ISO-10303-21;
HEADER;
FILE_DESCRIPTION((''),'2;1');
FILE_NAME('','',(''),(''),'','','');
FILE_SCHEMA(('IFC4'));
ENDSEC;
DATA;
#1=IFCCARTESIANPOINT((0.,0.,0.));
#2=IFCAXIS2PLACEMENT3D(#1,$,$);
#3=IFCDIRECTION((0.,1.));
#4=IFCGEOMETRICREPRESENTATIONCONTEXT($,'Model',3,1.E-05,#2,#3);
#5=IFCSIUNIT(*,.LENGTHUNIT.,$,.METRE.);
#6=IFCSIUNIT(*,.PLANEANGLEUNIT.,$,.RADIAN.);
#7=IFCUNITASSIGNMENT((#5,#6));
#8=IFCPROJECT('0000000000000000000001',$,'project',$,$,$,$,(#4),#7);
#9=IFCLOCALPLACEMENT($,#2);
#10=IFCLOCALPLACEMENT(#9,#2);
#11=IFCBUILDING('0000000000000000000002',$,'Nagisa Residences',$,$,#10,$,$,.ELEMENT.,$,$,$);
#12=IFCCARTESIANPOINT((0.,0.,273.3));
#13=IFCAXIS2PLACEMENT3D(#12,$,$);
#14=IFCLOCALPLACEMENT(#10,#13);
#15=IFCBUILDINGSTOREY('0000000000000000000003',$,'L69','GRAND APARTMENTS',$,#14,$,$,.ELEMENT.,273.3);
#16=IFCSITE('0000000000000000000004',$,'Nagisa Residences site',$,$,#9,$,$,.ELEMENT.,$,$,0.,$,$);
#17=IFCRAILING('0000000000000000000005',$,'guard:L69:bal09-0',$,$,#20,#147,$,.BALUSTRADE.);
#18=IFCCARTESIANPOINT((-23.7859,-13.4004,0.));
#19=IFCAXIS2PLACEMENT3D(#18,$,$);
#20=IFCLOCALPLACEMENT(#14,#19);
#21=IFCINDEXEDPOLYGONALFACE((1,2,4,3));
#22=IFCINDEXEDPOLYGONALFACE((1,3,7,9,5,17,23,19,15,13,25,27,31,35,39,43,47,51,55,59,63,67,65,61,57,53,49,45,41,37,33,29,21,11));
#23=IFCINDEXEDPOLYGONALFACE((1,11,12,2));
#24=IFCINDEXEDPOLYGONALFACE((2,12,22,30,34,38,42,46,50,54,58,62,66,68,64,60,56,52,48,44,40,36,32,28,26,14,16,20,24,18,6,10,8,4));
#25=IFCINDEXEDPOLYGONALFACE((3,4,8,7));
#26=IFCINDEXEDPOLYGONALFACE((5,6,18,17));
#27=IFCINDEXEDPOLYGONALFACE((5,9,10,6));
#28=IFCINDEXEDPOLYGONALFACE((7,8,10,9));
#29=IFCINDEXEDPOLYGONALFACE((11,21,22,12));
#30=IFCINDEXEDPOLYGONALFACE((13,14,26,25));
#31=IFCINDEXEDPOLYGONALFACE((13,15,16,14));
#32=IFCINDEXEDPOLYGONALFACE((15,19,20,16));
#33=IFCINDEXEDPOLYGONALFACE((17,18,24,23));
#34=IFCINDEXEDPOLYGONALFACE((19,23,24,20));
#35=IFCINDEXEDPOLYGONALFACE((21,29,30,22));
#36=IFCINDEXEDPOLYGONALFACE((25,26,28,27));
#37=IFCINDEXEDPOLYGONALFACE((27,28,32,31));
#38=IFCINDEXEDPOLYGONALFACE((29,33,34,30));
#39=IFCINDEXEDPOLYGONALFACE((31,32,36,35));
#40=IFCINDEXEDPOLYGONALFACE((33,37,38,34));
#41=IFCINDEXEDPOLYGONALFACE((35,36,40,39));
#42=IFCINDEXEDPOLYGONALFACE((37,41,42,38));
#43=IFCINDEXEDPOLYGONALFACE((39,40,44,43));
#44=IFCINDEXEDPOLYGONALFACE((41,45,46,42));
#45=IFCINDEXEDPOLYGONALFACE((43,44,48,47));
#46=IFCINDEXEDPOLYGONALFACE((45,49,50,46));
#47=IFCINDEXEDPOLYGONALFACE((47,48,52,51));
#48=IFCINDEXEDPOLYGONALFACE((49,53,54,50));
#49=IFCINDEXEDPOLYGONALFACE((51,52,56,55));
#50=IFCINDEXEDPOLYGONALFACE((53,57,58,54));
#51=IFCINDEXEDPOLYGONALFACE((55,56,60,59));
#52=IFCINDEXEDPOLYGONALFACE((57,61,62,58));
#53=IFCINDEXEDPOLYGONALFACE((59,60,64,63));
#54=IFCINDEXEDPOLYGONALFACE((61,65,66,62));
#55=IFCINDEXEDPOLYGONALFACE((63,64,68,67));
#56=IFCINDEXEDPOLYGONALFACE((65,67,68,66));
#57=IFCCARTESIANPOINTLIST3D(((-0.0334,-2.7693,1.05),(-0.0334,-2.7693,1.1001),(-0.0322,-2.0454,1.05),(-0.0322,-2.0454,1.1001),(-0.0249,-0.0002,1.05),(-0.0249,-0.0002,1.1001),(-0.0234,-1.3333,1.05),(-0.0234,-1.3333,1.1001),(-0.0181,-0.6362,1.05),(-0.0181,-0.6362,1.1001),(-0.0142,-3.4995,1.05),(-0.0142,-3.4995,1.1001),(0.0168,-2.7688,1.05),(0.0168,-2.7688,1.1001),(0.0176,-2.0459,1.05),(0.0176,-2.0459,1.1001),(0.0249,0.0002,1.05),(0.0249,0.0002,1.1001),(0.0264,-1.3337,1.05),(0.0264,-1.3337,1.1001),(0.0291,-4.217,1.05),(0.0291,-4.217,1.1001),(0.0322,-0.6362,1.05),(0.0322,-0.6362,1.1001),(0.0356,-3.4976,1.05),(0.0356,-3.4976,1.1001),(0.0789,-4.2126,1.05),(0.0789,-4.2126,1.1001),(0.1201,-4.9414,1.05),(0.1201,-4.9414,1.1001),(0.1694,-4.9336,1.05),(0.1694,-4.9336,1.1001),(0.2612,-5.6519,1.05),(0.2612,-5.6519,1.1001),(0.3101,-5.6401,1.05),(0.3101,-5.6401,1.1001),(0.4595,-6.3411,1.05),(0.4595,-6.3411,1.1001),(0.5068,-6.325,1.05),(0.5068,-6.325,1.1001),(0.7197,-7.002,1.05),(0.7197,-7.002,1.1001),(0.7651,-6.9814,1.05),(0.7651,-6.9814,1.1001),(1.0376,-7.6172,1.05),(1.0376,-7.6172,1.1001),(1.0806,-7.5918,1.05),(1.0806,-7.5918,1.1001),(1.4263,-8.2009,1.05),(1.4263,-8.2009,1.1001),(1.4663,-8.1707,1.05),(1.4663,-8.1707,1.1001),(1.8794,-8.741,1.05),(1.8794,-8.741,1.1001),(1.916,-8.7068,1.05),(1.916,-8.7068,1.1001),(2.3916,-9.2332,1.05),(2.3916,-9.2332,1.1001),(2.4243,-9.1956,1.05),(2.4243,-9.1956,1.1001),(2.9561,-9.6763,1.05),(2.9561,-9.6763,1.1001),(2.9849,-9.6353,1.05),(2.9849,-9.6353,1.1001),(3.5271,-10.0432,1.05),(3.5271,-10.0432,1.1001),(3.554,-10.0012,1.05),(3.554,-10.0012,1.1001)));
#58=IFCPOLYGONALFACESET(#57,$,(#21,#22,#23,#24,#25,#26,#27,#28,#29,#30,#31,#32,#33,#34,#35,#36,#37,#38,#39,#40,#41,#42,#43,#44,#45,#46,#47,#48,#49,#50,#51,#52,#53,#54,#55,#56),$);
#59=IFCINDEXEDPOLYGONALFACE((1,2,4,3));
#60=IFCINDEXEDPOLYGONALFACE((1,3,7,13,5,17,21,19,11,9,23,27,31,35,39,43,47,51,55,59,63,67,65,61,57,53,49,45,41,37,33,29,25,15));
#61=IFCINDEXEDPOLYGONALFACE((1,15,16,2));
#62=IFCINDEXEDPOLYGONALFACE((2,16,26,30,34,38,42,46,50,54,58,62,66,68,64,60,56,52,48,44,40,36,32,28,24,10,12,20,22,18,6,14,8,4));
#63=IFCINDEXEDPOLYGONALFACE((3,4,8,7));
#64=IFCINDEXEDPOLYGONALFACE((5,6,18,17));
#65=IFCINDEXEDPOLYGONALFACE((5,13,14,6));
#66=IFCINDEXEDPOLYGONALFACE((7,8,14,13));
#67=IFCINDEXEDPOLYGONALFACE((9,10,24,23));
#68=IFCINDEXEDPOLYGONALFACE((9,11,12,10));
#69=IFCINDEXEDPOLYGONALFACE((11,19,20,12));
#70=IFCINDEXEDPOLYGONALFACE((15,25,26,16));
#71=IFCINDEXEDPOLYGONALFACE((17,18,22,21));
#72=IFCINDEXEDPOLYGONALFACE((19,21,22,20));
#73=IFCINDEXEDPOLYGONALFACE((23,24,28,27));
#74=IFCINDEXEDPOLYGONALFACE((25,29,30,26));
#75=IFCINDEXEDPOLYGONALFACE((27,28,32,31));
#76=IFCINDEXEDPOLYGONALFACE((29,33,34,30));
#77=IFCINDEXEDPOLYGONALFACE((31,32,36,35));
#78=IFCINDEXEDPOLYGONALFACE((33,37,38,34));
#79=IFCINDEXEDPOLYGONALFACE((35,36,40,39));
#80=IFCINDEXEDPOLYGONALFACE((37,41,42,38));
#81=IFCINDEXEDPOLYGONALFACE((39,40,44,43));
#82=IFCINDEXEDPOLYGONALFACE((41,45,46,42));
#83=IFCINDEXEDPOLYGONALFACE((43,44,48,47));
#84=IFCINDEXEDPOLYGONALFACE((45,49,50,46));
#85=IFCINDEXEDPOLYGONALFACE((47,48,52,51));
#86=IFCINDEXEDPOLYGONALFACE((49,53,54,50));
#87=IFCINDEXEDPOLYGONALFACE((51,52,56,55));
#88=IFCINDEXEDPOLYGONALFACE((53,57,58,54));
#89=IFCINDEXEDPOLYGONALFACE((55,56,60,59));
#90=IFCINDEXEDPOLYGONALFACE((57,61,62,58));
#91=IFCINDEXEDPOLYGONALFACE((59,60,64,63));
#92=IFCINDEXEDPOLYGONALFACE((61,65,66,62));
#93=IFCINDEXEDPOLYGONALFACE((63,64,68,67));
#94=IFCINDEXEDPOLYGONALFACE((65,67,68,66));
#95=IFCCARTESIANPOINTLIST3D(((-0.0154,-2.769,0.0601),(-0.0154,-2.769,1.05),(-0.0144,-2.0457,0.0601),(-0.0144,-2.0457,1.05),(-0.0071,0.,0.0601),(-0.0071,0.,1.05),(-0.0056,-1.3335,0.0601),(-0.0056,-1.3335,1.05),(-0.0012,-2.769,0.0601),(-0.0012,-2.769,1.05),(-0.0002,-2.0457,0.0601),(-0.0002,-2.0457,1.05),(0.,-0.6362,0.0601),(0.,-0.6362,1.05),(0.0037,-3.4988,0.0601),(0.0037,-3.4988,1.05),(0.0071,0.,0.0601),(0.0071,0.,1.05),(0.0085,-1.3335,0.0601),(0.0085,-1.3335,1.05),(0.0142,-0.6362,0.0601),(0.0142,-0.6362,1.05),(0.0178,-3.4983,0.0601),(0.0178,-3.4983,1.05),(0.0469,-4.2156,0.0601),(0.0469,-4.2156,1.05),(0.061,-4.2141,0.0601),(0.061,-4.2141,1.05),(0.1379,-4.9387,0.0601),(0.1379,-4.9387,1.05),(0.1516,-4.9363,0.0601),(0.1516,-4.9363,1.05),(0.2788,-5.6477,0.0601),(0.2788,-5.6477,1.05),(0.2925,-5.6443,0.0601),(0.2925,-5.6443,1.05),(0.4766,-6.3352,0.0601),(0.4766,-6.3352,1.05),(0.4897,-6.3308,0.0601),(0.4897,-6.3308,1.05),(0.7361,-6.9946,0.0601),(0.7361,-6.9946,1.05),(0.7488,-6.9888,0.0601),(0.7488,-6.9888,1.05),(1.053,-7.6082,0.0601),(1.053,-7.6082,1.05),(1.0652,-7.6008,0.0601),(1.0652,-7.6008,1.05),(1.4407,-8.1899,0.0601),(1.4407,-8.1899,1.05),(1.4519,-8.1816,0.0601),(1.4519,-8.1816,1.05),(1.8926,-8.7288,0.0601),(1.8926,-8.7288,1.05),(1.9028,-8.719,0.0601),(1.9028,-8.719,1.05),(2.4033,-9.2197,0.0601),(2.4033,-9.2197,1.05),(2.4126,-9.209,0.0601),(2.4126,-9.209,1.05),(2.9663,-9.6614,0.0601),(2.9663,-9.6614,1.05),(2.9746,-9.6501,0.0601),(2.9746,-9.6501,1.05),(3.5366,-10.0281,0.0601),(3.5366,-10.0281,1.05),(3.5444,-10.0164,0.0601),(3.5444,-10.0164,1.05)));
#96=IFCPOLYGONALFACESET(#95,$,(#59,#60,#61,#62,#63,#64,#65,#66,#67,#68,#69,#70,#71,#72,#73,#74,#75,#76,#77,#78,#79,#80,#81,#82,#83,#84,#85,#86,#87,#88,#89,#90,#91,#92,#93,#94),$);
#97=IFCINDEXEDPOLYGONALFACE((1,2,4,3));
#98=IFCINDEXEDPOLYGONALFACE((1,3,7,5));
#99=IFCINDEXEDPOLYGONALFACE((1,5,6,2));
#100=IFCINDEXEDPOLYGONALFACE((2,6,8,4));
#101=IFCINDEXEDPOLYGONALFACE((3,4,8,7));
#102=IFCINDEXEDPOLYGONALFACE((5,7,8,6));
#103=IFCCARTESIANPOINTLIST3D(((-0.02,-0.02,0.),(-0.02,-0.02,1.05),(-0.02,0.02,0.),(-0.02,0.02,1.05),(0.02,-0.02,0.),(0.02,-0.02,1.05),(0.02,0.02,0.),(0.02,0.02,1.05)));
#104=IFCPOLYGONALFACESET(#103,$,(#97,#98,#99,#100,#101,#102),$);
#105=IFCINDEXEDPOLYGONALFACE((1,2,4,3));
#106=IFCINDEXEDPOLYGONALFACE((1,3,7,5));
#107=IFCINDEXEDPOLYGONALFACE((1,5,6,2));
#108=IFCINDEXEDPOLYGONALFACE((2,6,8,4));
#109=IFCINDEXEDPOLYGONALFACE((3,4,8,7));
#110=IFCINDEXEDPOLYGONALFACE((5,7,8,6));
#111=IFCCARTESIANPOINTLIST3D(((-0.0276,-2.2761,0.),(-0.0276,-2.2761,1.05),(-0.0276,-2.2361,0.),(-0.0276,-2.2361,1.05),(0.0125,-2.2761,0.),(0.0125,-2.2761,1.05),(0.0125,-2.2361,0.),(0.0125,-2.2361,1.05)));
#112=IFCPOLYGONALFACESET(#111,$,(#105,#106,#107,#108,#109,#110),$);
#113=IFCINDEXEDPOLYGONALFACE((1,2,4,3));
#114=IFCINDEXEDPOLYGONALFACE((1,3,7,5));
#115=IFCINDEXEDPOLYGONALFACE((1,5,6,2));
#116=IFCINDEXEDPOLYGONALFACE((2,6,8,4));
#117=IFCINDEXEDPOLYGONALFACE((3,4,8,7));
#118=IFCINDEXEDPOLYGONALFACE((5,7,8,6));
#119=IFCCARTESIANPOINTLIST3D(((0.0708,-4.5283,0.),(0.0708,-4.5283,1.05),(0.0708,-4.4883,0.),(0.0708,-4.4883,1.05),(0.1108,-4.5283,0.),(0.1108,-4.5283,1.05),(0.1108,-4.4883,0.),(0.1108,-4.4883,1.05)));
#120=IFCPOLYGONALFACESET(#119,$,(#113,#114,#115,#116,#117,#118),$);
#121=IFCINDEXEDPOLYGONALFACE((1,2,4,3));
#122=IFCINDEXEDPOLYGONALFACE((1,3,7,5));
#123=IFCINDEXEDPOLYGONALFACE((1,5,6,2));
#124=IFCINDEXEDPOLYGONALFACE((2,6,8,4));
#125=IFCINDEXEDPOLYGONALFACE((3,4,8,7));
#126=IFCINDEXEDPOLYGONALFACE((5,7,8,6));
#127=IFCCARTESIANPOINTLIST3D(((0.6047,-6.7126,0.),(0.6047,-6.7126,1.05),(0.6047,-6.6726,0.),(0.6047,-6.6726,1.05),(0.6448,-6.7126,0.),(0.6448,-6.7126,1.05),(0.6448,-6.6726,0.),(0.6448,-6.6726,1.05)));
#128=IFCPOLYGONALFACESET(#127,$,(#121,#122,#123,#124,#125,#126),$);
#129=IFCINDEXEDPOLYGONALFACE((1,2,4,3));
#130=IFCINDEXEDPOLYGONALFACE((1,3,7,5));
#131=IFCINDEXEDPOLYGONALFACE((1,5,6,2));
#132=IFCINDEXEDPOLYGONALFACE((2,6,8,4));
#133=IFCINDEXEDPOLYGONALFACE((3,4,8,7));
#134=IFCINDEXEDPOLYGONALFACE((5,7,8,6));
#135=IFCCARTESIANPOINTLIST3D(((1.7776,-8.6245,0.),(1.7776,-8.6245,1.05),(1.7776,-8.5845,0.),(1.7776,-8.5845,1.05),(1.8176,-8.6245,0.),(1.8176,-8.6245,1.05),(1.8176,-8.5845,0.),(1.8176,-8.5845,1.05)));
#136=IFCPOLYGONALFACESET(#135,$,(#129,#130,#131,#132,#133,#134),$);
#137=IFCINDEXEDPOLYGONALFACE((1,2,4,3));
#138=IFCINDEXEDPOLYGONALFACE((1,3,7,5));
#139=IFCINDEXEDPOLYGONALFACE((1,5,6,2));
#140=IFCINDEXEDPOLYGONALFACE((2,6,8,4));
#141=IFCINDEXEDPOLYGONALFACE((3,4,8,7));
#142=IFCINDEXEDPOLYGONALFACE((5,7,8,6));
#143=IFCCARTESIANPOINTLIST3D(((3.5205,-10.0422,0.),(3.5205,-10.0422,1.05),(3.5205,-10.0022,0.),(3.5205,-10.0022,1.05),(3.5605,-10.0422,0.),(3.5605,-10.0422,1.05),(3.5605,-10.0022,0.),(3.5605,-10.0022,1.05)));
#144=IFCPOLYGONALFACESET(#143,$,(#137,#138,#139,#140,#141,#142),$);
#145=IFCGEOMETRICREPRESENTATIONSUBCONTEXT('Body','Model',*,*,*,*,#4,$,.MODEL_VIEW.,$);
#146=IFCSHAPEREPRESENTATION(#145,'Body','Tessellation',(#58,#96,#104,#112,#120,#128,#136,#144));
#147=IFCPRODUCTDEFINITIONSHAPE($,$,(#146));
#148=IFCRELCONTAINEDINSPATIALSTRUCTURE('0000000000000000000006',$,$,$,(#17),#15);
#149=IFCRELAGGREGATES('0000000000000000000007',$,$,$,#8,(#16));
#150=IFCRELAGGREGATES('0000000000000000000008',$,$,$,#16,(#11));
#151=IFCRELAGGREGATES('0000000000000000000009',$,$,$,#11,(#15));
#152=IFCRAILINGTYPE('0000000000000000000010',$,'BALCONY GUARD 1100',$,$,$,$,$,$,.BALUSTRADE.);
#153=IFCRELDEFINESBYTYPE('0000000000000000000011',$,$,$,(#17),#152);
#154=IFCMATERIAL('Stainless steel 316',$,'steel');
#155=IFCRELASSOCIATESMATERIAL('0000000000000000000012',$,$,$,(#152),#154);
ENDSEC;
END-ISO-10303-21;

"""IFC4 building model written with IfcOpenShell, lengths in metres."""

from ifc_helpers import new_model, si_unit, direction, frame, origin, origin_2d, place, context, subcontext, project, spatial, polyline, rectangle, outline, extrude, material, type_object, element, save


model = new_model("IFC4")

# Units and contexts
model_context = context("Model", 3, precision=1e-05, world=origin(), true_north=direction((0.0, 1.0)))
body_context = subcontext(model_context, "Body", "Model", "MODEL_VIEW")
ifc_project = project(units=[si_unit("LENGTHUNIT", "METRE"), si_unit("PLANEANGLEUNIT", "RADIAN")], contexts=[model_context])

# Site, building, storey
site_placement = place(None, origin())
site = spatial("IfcSite", under=ifc_project, at=site_placement, Name="Nagisa Residences site", CompositionType="ELEMENT", RefElevation=0.0)
building_placement = place(site_placement, origin())
building = spatial("IfcBuilding", under=site, at=building_placement, Name="Nagisa Residences", CompositionType="ELEMENT")
storey_placement = place(building_placement, frame((0.0, 0.0, 273.3)))
storey = spatial("IfcBuildingStorey", under=building, at=storey_placement, Name="L69", Description="GRAND APARTMENTS", CompositionType="ELEMENT", Elevation=273.3)

# Railing
ifc_material_1 = material(Name="Stainless steel 316", Category="steel")
railing_type = type_object("IfcRailingType", Name="BALCONY GUARD 1100", PredefinedType="BALUSTRADE", material=ifc_material_1)
railing_1_placement = place(storey_placement, frame((-23.7859, -13.4004, 0.0)))
element("IfcRailing", 1, at=railing_1_placement, inside=storey, type_object=railing_type, Name="guard:L69:bal09-0", PredefinedType="BALUSTRADE", context=body_context, shape_type="SweptSolid", body=[
    extrude(outline(polyline([(0.0322, -0.6362), (0.0249, 0.0002), (-0.0249, -0.0002), (-0.0181, -0.6362), (-0.0234, -1.3333), (-0.0322, -2.0454), (-0.0334, -2.7693), (-0.0142, -3.4995), (0.0291, -4.217), (0.1201, -4.9414), (0.2612, -5.6519), (0.4595, -6.3411), (0.7197, -7.002), (1.0376, -7.6172), (1.4263, -8.2009), (1.8794, -8.741), (2.3916, -9.2332), (2.9561, -9.6763), (3.5271, -10.0432), (3.554, -10.0012), (2.9849, -9.6353), (2.4243, -9.1956), (1.916, -8.7068), (1.4663, -8.1707), (1.0806, -7.5918), (0.7651, -6.9814), (0.5068, -6.325), (0.3101, -5.6401), (0.1694, -4.9336), (0.0789, -4.2126), (0.0356, -3.4976), (0.0168, -2.7688), (0.0176, -2.0459), (0.0264, -1.3337), (0.0322, -0.6362)])), frame((0.0, 0.0, 1.05)), (0.0, 0.0, 1.0), 0.05),
    extrude(outline(polyline([(0.0142, -0.6362), (0.0071, 0.0), (-0.0071, 0.0), (0.0, -0.6362), (-0.0056, -1.3335), (-0.0144, -2.0457), (-0.0154, -2.769), (0.0037, -3.4988), (0.0469, -4.2156), (0.1379, -4.9387), (0.2788, -5.6477), (0.4766, -6.3352), (0.7361, -6.9946), (1.053, -7.6082), (1.4407, -8.1899), (1.8926, -8.7288), (2.4033, -9.2197), (2.9663, -9.6614), (3.5366, -10.0281), (3.5444, -10.0164), (2.9746, -9.6501), (2.4126, -9.209), (1.9028, -8.719), (1.4519, -8.1816), (1.0652, -7.6008), (0.7488, -6.9888), (0.4897, -6.3308), (0.2925, -5.6443), (0.1516, -4.9363), (0.061, -4.2141), (0.0178, -3.4983), (-0.0012, -2.769), (-0.0002, -2.0457), (0.0085, -1.3335), (0.0142, -0.6362)])), frame((0.0, 0.0, 0.0601)), (0.0, 0.0, 1.0), 0.99),
    extrude(rectangle(XDim=0.04, YDim=0.04, at=origin_2d()), origin(), (0.0, 0.0, 1.0), 1.05),
    extrude(rectangle(XDim=0.04, YDim=0.04, at=origin_2d()), frame((-0.0076, -2.2561, 0.0)), (0.0, 0.0, 1.0), 1.05),
    extrude(rectangle(XDim=0.04, YDim=0.04, at=origin_2d()), frame((0.0908, -4.5083, 0.0)), (0.0, 0.0, 1.0), 1.05),
    extrude(rectangle(XDim=0.04, YDim=0.04, at=origin_2d()), frame((0.6248, -6.6926, 0.0)), (0.0, 0.0, 1.0), 1.05),
    extrude(rectangle(XDim=0.04, YDim=0.04, at=origin_2d()), frame((1.7976, -8.6045, 0.0)), (0.0, 0.0, 1.0), 1.05),
    extrude(rectangle(XDim=0.04, YDim=0.04, at=origin_2d()), frame((3.5405, -10.0222, 0.0)), (0.0, 0.0, 1.0), 1.05),
])

save(model, "model.ifc")
